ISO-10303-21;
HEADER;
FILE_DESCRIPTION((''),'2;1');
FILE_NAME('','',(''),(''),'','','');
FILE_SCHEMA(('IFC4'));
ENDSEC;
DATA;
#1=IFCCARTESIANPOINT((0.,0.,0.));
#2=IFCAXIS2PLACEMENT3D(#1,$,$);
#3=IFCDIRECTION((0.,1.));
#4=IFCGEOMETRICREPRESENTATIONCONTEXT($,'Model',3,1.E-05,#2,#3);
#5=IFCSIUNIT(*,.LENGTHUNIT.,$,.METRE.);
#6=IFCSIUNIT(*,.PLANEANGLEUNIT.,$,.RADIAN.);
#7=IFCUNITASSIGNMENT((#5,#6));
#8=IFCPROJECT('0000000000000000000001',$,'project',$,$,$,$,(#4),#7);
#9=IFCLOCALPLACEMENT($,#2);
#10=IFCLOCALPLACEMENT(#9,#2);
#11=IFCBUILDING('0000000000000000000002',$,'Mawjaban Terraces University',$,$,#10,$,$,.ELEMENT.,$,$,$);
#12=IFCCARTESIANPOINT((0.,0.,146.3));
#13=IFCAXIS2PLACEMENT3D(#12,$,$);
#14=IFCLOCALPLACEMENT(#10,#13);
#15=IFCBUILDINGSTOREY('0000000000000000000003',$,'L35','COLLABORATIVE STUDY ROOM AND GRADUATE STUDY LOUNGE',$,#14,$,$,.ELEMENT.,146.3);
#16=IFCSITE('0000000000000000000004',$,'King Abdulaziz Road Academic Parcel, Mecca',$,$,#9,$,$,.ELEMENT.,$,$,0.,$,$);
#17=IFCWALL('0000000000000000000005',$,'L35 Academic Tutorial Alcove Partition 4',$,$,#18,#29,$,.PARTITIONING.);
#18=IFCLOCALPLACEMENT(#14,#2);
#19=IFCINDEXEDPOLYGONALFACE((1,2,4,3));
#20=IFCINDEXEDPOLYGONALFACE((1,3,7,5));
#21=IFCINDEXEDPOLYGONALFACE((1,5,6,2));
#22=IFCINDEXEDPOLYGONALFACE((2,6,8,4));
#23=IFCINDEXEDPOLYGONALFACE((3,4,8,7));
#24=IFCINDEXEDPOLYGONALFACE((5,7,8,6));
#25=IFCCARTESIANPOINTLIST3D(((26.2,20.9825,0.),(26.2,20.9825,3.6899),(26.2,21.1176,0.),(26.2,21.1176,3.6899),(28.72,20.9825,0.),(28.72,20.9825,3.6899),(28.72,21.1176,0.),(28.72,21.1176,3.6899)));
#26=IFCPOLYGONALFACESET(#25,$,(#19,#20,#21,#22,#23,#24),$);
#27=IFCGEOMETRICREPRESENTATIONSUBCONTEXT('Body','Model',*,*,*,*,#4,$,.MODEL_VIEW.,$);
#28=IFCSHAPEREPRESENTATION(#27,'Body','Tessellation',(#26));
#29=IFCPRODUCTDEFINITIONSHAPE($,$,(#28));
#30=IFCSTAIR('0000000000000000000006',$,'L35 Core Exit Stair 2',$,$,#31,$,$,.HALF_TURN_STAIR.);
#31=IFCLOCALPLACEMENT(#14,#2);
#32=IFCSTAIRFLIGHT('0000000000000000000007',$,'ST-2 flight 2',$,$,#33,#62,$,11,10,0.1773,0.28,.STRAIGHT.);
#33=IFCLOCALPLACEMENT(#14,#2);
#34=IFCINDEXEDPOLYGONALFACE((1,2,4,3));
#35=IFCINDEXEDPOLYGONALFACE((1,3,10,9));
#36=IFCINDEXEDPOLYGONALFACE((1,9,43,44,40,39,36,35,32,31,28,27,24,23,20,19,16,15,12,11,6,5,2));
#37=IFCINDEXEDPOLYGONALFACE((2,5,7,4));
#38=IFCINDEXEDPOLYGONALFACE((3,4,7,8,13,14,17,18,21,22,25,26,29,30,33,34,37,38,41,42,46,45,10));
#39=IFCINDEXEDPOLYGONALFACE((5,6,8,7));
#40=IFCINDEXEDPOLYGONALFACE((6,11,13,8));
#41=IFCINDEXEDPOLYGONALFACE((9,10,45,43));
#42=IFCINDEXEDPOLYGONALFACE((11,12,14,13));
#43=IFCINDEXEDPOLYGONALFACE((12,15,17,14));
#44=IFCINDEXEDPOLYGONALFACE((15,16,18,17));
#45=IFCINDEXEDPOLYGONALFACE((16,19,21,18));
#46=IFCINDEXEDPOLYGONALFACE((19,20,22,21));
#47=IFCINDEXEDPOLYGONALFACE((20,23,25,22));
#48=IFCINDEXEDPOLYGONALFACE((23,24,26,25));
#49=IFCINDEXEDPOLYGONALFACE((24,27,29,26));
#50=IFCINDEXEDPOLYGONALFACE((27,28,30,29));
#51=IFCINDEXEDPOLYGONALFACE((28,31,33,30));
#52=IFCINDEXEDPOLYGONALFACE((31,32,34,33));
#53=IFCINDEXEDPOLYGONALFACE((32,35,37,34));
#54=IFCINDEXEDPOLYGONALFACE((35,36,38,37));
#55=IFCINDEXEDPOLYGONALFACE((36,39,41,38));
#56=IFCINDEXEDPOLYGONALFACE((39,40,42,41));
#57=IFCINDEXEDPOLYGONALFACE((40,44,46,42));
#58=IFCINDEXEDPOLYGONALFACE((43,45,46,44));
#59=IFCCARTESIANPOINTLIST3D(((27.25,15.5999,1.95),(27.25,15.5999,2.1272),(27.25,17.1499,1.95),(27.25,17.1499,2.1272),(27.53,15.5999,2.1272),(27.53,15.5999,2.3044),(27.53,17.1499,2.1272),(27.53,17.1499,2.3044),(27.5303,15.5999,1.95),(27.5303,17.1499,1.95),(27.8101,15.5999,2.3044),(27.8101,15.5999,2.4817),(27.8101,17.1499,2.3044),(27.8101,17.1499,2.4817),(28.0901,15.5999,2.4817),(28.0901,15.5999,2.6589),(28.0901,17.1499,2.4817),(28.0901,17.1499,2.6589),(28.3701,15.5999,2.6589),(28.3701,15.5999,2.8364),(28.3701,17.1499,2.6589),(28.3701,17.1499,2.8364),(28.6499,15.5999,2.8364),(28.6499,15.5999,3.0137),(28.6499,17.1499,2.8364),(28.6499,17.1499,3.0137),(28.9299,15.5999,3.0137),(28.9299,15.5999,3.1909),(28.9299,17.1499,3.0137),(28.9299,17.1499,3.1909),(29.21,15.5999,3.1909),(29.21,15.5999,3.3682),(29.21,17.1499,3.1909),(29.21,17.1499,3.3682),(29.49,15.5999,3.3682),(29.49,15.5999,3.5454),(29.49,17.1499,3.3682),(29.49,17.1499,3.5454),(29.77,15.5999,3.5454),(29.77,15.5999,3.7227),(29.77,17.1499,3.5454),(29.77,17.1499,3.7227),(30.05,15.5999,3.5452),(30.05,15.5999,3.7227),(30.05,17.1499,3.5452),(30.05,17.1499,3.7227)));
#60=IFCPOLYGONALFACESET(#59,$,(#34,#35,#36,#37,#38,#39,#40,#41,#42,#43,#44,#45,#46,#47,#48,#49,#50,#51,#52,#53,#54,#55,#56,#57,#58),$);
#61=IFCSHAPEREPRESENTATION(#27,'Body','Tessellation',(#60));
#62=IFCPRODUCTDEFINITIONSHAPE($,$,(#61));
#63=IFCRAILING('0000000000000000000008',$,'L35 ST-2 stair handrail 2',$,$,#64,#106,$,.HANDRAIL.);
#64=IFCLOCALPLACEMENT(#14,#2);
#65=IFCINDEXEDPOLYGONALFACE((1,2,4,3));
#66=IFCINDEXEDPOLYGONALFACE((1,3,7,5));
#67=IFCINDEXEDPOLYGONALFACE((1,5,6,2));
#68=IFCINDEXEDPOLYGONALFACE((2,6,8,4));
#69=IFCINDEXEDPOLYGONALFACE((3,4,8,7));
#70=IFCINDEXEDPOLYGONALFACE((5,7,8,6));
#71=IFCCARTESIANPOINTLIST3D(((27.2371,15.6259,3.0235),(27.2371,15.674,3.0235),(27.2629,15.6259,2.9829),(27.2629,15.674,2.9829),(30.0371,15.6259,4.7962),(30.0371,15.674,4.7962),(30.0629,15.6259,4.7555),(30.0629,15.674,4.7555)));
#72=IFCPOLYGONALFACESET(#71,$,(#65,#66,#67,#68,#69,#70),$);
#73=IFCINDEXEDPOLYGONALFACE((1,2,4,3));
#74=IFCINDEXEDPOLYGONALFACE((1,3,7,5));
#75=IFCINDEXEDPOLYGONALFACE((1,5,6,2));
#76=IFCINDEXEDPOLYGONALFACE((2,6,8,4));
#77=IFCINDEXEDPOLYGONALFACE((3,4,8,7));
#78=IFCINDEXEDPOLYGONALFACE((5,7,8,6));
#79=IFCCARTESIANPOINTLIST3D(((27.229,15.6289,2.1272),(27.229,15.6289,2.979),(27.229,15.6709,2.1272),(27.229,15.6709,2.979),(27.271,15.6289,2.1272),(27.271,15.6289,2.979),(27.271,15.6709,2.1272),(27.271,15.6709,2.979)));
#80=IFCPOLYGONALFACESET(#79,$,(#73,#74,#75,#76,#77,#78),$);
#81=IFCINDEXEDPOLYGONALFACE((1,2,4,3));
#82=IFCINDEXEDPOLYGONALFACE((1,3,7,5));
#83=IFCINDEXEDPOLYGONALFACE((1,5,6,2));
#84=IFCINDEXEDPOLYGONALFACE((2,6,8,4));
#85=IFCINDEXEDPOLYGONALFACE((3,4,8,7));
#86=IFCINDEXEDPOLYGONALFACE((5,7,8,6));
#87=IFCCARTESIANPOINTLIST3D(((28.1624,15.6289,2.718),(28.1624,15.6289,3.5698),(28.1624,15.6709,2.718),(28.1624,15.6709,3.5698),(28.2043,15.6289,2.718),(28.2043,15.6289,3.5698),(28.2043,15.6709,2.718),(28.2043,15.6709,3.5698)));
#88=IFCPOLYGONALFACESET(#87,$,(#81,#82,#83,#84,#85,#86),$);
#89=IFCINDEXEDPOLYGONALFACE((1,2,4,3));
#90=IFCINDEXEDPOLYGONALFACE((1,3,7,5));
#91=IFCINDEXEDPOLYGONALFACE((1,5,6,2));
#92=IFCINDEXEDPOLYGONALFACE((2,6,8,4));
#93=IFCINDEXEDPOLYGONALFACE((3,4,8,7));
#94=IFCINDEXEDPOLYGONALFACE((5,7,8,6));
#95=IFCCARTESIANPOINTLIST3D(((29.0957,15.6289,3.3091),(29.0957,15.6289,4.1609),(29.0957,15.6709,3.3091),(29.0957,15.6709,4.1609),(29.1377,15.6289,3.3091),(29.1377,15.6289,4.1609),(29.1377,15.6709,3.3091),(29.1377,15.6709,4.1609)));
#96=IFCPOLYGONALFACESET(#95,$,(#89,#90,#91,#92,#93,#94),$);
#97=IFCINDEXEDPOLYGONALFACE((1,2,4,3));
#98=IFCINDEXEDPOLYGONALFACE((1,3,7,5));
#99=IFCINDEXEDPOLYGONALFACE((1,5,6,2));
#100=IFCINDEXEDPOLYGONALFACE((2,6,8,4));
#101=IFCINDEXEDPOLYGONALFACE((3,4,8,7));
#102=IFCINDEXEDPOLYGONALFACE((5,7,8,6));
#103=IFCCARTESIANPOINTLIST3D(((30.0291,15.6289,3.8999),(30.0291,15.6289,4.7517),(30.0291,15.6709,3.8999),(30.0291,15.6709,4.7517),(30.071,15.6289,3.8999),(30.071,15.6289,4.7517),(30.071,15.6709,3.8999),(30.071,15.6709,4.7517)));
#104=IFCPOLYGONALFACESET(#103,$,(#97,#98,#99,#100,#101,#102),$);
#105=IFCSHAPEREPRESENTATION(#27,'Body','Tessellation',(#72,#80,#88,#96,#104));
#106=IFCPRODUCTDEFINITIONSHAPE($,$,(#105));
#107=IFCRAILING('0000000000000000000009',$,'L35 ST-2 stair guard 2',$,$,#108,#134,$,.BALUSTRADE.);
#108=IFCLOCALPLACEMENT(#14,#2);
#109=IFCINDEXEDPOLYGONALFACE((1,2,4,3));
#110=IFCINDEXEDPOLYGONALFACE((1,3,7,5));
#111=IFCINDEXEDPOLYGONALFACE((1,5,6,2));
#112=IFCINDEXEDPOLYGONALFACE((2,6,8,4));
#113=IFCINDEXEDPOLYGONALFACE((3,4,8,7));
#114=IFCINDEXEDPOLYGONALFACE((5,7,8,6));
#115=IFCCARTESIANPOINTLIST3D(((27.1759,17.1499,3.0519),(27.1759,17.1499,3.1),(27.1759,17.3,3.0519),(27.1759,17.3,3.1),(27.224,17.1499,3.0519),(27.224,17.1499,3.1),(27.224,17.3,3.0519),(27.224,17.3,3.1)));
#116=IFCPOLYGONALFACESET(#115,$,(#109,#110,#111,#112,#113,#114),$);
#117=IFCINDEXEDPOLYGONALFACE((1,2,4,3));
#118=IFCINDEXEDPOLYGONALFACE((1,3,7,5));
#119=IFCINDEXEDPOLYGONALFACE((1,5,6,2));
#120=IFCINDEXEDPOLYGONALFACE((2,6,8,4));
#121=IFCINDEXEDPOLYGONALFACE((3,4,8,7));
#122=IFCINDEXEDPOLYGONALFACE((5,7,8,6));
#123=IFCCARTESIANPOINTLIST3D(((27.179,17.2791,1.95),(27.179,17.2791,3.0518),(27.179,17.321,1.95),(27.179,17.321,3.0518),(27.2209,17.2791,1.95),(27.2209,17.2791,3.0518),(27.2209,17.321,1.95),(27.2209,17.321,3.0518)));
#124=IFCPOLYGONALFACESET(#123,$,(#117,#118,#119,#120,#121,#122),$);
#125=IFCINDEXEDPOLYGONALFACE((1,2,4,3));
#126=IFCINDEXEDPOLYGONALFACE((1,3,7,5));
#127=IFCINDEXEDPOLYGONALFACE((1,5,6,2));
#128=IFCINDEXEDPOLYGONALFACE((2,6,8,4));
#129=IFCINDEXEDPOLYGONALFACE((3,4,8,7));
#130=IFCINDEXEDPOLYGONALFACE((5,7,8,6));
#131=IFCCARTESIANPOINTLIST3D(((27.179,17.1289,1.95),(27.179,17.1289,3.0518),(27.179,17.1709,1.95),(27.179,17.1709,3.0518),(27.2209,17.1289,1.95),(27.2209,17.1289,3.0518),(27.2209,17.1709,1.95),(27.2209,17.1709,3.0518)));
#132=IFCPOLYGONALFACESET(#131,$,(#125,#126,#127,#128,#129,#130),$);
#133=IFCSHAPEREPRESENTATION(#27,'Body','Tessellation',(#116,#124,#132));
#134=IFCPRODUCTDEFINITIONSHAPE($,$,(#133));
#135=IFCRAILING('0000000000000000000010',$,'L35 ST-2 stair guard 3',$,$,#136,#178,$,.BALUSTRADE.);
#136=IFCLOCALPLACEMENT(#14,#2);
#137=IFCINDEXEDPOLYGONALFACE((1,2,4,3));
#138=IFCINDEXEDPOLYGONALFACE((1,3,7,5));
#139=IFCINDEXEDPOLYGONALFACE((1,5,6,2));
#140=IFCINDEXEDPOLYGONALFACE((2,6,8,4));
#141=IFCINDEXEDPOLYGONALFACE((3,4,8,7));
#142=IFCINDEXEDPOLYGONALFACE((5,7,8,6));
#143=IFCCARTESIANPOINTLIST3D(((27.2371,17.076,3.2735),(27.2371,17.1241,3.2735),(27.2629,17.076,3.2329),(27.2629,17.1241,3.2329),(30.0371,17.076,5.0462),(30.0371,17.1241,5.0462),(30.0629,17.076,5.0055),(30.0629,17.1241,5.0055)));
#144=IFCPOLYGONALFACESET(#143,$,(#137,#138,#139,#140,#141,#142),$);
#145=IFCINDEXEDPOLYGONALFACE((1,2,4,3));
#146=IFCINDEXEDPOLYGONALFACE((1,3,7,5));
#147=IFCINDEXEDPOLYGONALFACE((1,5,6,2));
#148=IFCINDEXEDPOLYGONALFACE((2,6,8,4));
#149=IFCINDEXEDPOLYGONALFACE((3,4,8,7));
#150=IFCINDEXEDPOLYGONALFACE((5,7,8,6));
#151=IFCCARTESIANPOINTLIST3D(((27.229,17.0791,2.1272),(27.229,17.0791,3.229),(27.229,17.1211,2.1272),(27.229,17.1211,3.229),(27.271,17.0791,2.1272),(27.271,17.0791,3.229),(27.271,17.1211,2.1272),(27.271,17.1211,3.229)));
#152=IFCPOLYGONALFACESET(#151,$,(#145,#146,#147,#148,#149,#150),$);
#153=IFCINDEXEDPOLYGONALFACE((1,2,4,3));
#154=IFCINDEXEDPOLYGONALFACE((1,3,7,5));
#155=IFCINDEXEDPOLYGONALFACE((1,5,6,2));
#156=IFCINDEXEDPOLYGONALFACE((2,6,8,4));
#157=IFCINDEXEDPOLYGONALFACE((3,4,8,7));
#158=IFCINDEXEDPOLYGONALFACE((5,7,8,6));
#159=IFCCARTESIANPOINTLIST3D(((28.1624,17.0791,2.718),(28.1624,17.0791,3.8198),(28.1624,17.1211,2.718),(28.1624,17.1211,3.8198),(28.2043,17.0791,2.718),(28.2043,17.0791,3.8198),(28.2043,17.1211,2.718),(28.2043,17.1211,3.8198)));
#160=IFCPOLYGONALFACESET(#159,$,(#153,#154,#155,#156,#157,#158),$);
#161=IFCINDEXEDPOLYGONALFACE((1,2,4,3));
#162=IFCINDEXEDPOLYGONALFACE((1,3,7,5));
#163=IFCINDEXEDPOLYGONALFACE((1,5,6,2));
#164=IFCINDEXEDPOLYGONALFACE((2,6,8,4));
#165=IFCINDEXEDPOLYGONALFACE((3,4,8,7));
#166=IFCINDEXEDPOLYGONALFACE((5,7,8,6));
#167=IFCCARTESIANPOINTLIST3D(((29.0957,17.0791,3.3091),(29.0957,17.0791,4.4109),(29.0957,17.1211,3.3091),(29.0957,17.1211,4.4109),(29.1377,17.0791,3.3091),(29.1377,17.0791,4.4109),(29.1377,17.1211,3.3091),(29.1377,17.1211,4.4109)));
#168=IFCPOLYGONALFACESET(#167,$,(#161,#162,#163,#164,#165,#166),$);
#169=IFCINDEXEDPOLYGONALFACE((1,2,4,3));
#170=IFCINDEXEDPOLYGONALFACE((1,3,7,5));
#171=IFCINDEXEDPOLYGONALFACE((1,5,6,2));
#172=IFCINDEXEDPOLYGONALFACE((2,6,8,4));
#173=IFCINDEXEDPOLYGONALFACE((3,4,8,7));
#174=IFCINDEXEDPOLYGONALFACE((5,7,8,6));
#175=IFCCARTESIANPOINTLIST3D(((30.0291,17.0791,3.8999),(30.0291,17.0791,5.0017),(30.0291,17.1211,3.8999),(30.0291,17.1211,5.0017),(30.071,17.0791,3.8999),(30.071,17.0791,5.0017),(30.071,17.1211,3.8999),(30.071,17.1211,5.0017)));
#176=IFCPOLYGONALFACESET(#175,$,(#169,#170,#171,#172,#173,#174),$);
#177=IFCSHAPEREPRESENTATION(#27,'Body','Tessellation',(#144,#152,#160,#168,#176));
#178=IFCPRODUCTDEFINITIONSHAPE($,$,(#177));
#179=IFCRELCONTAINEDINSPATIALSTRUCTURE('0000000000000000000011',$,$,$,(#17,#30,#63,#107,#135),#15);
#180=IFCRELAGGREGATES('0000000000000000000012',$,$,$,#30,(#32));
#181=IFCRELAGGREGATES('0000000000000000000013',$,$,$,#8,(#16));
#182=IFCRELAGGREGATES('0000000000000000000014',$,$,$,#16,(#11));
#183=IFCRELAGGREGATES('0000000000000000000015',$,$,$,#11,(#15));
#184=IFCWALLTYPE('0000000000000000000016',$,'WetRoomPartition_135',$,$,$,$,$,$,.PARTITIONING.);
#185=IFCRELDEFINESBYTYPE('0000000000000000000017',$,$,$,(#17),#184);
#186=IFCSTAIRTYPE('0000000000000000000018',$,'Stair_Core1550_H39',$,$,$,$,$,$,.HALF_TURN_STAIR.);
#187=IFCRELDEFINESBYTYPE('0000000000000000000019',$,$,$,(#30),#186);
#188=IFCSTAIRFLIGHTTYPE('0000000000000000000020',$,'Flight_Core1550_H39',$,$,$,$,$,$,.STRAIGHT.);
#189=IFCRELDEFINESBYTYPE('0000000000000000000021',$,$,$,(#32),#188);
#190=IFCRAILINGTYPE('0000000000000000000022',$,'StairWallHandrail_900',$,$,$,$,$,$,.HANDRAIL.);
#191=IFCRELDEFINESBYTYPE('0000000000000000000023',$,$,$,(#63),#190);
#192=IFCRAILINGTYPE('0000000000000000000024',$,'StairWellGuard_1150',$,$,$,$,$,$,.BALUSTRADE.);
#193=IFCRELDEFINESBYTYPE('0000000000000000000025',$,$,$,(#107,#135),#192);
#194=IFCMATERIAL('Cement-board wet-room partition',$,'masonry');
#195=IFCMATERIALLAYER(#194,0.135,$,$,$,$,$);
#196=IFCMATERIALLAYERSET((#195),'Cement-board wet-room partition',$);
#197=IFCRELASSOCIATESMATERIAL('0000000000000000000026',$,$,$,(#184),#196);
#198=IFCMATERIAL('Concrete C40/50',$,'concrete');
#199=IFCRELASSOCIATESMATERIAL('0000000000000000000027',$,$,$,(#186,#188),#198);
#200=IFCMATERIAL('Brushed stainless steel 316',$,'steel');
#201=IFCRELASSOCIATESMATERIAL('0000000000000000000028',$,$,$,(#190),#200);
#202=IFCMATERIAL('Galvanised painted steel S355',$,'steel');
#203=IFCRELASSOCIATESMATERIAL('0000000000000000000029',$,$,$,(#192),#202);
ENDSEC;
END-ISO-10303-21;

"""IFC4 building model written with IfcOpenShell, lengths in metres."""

from ifc_helpers import new_model, si_unit, direction, frame, frame_2d, origin, origin_2d, place, context, subcontext, project, spatial, polyline, rectangle, outline, extrude, material, layer, layer_set, type_object, element, aggregate, save


model = new_model("IFC4")

# Units and contexts
model_context = context("Model", 3, precision=1e-05, world=origin(), true_north=direction((0.0, 1.0)))
body_context = subcontext(model_context, "Body", "Model", "MODEL_VIEW")
ifc_project = project(units=[si_unit("LENGTHUNIT", "METRE"), si_unit("PLANEANGLEUNIT", "RADIAN")], contexts=[model_context])

# Site, building, storey
site_placement = place(None, origin())
site = spatial("IfcSite", under=ifc_project, at=site_placement, Name="King Abdulaziz Road Academic Parcel, Mecca", CompositionType="ELEMENT", RefElevation=0.0)
building_placement = place(site_placement, origin())
building = spatial("IfcBuilding", under=site, at=building_placement, Name="Mawjaban Terraces University", CompositionType="ELEMENT")
storey_placement = place(building_placement, frame((0.0, 0.0, 146.3)))
storey = spatial("IfcBuildingStorey", under=building, at=storey_placement, Name="L35", Description="COLLABORATIVE STUDY ROOM AND GRADUATE STUDY LOUNGE", CompositionType="ELEMENT", Elevation=146.3)

# Wall
ifc_material_1 = material(Name="Concrete C40/50", Category="concrete")
ifc_material_2 = material(Name="Cement-board wet-room partition", Category="masonry")
ifc_layer_1 = layer(ifc_material_2, 0.135)
ifc_layer_set_1 = layer_set([ifc_layer_1], Name="Cement-board wet-room partition")
wall_type_1 = type_object("IfcWallType", Name="WetRoomPartition_135", PredefinedType="PARTITIONING", material=ifc_layer_set_1)
wall_1_placement = place(storey_placement, frame((26.2, 21.05, 0.0), z_axis=(0.0, 0.0, 1.0), x_axis=(1.0, 0.0, 0.0)))
element("IfcWall", 1, at=wall_1_placement, inside=storey, type_object=wall_type_1, Name="L35 Academic Tutorial Alcove Partition 4", PredefinedType="PARTITIONING", context=body_context, shape_type="SweptSolid", body=[
    extrude(rectangle(XDim=2.52, YDim=0.135, at=frame_2d((1.26, 0.0))), origin(), (0.0, 0.0, 1.0), 3.6899),
])

# Stair, stair flight
stair_type = type_object("IfcStairType", Name="Stair_Core1550_H39", PredefinedType="HALF_TURN_STAIR", material=ifc_material_1)
stair_placement = place(storey_placement, origin())
stair = element("IfcStair", 2, at=stair_placement, inside=storey, type_object=stair_type, Name="L35 Core Exit Stair 2", PredefinedType="HALF_TURN_STAIR")
stair_flight_type = type_object("IfcStairFlightType", Name="Flight_Core1550_H39", PredefinedType="STRAIGHT", material=ifc_material_1)
stair_flight_placement = place(storey_placement, frame((27.25, 16.375, 1.95), z_axis=(0.0, 0.0, 1.0), x_axis=(1.0, 0.0, 0.0)))
stair_flight = element("IfcStairFlight", 3, at=stair_flight_placement, type_object=stair_flight_type, Name="ST-2 flight 2", NumberOfRisers=11, NumberOfTreads=10, PredefinedType="STRAIGHT", RiserHeight=0.1773, TreadLength=0.28, context=body_context, shape_type="SweptSolid", body=[
    extrude(outline(polyline([(0.0, 0.0), (0.0, 0.1772), (0.28, 0.1772), (0.28, 0.3545), (0.5601, 0.3545), (0.5601, 0.5317), (0.8401, 0.5317), (0.8401, 0.709), (1.1201, 0.709), (1.1201, 0.8865), (1.3999, 0.8865), (1.3999, 1.0637), (1.6799, 1.0637), (1.6799, 1.241), (1.96, 1.241), (1.96, 1.4182), (2.24, 1.4182), (2.24, 1.5955), (2.52, 1.5955), (2.52, 1.7727), (2.8, 1.7727), (2.8, 1.95), (2.8, 1.5952), (0.2803, 0.0), (0.0, 0.0)])), frame((0.0, 0.7749, 0.0), z_axis=(0.0, -1.0, 0.0), x_axis=(1.0, 0.0, 0.0)), (0.0, 0.0, 1.0), 1.55),
])
aggregate(stair, [stair_flight])

# Railings
ifc_material_3 = material(Name="Brushed stainless steel 316", Category="steel")
railing_type_1 = type_object("IfcRailingType", Name="StairWallHandrail_900", PredefinedType="HANDRAIL", material=ifc_material_3)
railing_1_placement = place(storey_placement, frame((27.25, 15.6499, 2.1272)))
element("IfcRailing", 4, at=railing_1_placement, inside=storey, type_object=railing_type_1, Name="L35 ST-2 stair handrail 2", PredefinedType="HANDRAIL", context=body_context, shape_type="SweptSolid", body=[
    extrude(rectangle(XDim=0.0481, YDim=0.0481, at=origin_2d()), frame((0.0, 0.0, 0.876), z_axis=(0.844909, 0.0, 0.53491), x_axis=(0.0, 1.0, 0.0)), (0.0, 0.0, 1.0), 3.314),
    extrude(rectangle(XDim=0.042, YDim=0.042, at=origin_2d()), origin(), (0.0, 0.0, 1.0), 0.8518),
    extrude(rectangle(XDim=0.042, YDim=0.042, at=origin_2d()), frame((0.9333, 0.0, 0.5908)), (0.0, 0.0, 1.0), 0.8518),
    extrude(rectangle(XDim=0.042, YDim=0.042, at=origin_2d()), frame((1.8667, 0.0, 1.1819)), (0.0, 0.0, 1.0), 0.8518),
    extrude(rectangle(XDim=0.042, YDim=0.042, at=origin_2d()), frame((2.8, 0.0, 1.7727)), (0.0, 0.0, 1.0), 0.8518),
])
ifc_material_4 = material(Name="Galvanised painted steel S355", Category="steel")
railing_type_2 = type_object("IfcRailingType", Name="StairWellGuard_1150", PredefinedType="BALUSTRADE", material=ifc_material_4)
railing_2_placement = place(storey_placement, frame((27.2, 17.3, 1.95)))
element("IfcRailing", 5, at=railing_2_placement, inside=storey, type_object=railing_type_2, Name="L35 ST-2 stair guard 2", PredefinedType="BALUSTRADE", context=body_context, shape_type="SweptSolid", body=[
    extrude(rectangle(XDim=0.0481, YDim=0.0481, at=origin_2d()), frame((0.0, 0.0, 1.126), z_axis=(0.0, -1.0, 0.0), x_axis=(1.0, 0.0, 0.0)), (0.0, 0.0, 1.0), 0.1501),
    extrude(rectangle(XDim=0.042, YDim=0.042, at=origin_2d()), origin(), (0.0, 0.0, 1.0), 1.1018),
    extrude(rectangle(XDim=0.042, YDim=0.042, at=origin_2d()), frame((0.0, -0.1501, 0.0)), (0.0, 0.0, 1.0), 1.1018),
])
railing_3_placement = place(storey_placement, frame((27.25, 17.1001, 2.1272)))
element("IfcRailing", 6, at=railing_3_placement, inside=storey, type_object=railing_type_2, Name="L35 ST-2 stair guard 3", PredefinedType="BALUSTRADE", context=body_context, shape_type="SweptSolid", body=[
    extrude(rectangle(XDim=0.0481, YDim=0.0481, at=origin_2d()), frame((0.0, 0.0, 1.126), z_axis=(0.844909, 0.0, 0.53491), x_axis=(0.0, 1.0, 0.0)), (0.0, 0.0, 1.0), 3.314),
    extrude(rectangle(XDim=0.042, YDim=0.042, at=origin_2d()), origin(), (0.0, 0.0, 1.0), 1.1018),
    extrude(rectangle(XDim=0.042, YDim=0.042, at=origin_2d()), frame((0.9333, 0.0, 0.5908)), (0.0, 0.0, 1.0), 1.1018),
    extrude(rectangle(XDim=0.042, YDim=0.042, at=origin_2d()), frame((1.8667, 0.0, 1.1819)), (0.0, 0.0, 1.0), 1.1018),
    extrude(rectangle(XDim=0.042, YDim=0.042, at=origin_2d()), frame((2.8, 0.0, 1.7727)), (0.0, 0.0, 1.0), 1.1018),
])

save(model, "model.ifc")
